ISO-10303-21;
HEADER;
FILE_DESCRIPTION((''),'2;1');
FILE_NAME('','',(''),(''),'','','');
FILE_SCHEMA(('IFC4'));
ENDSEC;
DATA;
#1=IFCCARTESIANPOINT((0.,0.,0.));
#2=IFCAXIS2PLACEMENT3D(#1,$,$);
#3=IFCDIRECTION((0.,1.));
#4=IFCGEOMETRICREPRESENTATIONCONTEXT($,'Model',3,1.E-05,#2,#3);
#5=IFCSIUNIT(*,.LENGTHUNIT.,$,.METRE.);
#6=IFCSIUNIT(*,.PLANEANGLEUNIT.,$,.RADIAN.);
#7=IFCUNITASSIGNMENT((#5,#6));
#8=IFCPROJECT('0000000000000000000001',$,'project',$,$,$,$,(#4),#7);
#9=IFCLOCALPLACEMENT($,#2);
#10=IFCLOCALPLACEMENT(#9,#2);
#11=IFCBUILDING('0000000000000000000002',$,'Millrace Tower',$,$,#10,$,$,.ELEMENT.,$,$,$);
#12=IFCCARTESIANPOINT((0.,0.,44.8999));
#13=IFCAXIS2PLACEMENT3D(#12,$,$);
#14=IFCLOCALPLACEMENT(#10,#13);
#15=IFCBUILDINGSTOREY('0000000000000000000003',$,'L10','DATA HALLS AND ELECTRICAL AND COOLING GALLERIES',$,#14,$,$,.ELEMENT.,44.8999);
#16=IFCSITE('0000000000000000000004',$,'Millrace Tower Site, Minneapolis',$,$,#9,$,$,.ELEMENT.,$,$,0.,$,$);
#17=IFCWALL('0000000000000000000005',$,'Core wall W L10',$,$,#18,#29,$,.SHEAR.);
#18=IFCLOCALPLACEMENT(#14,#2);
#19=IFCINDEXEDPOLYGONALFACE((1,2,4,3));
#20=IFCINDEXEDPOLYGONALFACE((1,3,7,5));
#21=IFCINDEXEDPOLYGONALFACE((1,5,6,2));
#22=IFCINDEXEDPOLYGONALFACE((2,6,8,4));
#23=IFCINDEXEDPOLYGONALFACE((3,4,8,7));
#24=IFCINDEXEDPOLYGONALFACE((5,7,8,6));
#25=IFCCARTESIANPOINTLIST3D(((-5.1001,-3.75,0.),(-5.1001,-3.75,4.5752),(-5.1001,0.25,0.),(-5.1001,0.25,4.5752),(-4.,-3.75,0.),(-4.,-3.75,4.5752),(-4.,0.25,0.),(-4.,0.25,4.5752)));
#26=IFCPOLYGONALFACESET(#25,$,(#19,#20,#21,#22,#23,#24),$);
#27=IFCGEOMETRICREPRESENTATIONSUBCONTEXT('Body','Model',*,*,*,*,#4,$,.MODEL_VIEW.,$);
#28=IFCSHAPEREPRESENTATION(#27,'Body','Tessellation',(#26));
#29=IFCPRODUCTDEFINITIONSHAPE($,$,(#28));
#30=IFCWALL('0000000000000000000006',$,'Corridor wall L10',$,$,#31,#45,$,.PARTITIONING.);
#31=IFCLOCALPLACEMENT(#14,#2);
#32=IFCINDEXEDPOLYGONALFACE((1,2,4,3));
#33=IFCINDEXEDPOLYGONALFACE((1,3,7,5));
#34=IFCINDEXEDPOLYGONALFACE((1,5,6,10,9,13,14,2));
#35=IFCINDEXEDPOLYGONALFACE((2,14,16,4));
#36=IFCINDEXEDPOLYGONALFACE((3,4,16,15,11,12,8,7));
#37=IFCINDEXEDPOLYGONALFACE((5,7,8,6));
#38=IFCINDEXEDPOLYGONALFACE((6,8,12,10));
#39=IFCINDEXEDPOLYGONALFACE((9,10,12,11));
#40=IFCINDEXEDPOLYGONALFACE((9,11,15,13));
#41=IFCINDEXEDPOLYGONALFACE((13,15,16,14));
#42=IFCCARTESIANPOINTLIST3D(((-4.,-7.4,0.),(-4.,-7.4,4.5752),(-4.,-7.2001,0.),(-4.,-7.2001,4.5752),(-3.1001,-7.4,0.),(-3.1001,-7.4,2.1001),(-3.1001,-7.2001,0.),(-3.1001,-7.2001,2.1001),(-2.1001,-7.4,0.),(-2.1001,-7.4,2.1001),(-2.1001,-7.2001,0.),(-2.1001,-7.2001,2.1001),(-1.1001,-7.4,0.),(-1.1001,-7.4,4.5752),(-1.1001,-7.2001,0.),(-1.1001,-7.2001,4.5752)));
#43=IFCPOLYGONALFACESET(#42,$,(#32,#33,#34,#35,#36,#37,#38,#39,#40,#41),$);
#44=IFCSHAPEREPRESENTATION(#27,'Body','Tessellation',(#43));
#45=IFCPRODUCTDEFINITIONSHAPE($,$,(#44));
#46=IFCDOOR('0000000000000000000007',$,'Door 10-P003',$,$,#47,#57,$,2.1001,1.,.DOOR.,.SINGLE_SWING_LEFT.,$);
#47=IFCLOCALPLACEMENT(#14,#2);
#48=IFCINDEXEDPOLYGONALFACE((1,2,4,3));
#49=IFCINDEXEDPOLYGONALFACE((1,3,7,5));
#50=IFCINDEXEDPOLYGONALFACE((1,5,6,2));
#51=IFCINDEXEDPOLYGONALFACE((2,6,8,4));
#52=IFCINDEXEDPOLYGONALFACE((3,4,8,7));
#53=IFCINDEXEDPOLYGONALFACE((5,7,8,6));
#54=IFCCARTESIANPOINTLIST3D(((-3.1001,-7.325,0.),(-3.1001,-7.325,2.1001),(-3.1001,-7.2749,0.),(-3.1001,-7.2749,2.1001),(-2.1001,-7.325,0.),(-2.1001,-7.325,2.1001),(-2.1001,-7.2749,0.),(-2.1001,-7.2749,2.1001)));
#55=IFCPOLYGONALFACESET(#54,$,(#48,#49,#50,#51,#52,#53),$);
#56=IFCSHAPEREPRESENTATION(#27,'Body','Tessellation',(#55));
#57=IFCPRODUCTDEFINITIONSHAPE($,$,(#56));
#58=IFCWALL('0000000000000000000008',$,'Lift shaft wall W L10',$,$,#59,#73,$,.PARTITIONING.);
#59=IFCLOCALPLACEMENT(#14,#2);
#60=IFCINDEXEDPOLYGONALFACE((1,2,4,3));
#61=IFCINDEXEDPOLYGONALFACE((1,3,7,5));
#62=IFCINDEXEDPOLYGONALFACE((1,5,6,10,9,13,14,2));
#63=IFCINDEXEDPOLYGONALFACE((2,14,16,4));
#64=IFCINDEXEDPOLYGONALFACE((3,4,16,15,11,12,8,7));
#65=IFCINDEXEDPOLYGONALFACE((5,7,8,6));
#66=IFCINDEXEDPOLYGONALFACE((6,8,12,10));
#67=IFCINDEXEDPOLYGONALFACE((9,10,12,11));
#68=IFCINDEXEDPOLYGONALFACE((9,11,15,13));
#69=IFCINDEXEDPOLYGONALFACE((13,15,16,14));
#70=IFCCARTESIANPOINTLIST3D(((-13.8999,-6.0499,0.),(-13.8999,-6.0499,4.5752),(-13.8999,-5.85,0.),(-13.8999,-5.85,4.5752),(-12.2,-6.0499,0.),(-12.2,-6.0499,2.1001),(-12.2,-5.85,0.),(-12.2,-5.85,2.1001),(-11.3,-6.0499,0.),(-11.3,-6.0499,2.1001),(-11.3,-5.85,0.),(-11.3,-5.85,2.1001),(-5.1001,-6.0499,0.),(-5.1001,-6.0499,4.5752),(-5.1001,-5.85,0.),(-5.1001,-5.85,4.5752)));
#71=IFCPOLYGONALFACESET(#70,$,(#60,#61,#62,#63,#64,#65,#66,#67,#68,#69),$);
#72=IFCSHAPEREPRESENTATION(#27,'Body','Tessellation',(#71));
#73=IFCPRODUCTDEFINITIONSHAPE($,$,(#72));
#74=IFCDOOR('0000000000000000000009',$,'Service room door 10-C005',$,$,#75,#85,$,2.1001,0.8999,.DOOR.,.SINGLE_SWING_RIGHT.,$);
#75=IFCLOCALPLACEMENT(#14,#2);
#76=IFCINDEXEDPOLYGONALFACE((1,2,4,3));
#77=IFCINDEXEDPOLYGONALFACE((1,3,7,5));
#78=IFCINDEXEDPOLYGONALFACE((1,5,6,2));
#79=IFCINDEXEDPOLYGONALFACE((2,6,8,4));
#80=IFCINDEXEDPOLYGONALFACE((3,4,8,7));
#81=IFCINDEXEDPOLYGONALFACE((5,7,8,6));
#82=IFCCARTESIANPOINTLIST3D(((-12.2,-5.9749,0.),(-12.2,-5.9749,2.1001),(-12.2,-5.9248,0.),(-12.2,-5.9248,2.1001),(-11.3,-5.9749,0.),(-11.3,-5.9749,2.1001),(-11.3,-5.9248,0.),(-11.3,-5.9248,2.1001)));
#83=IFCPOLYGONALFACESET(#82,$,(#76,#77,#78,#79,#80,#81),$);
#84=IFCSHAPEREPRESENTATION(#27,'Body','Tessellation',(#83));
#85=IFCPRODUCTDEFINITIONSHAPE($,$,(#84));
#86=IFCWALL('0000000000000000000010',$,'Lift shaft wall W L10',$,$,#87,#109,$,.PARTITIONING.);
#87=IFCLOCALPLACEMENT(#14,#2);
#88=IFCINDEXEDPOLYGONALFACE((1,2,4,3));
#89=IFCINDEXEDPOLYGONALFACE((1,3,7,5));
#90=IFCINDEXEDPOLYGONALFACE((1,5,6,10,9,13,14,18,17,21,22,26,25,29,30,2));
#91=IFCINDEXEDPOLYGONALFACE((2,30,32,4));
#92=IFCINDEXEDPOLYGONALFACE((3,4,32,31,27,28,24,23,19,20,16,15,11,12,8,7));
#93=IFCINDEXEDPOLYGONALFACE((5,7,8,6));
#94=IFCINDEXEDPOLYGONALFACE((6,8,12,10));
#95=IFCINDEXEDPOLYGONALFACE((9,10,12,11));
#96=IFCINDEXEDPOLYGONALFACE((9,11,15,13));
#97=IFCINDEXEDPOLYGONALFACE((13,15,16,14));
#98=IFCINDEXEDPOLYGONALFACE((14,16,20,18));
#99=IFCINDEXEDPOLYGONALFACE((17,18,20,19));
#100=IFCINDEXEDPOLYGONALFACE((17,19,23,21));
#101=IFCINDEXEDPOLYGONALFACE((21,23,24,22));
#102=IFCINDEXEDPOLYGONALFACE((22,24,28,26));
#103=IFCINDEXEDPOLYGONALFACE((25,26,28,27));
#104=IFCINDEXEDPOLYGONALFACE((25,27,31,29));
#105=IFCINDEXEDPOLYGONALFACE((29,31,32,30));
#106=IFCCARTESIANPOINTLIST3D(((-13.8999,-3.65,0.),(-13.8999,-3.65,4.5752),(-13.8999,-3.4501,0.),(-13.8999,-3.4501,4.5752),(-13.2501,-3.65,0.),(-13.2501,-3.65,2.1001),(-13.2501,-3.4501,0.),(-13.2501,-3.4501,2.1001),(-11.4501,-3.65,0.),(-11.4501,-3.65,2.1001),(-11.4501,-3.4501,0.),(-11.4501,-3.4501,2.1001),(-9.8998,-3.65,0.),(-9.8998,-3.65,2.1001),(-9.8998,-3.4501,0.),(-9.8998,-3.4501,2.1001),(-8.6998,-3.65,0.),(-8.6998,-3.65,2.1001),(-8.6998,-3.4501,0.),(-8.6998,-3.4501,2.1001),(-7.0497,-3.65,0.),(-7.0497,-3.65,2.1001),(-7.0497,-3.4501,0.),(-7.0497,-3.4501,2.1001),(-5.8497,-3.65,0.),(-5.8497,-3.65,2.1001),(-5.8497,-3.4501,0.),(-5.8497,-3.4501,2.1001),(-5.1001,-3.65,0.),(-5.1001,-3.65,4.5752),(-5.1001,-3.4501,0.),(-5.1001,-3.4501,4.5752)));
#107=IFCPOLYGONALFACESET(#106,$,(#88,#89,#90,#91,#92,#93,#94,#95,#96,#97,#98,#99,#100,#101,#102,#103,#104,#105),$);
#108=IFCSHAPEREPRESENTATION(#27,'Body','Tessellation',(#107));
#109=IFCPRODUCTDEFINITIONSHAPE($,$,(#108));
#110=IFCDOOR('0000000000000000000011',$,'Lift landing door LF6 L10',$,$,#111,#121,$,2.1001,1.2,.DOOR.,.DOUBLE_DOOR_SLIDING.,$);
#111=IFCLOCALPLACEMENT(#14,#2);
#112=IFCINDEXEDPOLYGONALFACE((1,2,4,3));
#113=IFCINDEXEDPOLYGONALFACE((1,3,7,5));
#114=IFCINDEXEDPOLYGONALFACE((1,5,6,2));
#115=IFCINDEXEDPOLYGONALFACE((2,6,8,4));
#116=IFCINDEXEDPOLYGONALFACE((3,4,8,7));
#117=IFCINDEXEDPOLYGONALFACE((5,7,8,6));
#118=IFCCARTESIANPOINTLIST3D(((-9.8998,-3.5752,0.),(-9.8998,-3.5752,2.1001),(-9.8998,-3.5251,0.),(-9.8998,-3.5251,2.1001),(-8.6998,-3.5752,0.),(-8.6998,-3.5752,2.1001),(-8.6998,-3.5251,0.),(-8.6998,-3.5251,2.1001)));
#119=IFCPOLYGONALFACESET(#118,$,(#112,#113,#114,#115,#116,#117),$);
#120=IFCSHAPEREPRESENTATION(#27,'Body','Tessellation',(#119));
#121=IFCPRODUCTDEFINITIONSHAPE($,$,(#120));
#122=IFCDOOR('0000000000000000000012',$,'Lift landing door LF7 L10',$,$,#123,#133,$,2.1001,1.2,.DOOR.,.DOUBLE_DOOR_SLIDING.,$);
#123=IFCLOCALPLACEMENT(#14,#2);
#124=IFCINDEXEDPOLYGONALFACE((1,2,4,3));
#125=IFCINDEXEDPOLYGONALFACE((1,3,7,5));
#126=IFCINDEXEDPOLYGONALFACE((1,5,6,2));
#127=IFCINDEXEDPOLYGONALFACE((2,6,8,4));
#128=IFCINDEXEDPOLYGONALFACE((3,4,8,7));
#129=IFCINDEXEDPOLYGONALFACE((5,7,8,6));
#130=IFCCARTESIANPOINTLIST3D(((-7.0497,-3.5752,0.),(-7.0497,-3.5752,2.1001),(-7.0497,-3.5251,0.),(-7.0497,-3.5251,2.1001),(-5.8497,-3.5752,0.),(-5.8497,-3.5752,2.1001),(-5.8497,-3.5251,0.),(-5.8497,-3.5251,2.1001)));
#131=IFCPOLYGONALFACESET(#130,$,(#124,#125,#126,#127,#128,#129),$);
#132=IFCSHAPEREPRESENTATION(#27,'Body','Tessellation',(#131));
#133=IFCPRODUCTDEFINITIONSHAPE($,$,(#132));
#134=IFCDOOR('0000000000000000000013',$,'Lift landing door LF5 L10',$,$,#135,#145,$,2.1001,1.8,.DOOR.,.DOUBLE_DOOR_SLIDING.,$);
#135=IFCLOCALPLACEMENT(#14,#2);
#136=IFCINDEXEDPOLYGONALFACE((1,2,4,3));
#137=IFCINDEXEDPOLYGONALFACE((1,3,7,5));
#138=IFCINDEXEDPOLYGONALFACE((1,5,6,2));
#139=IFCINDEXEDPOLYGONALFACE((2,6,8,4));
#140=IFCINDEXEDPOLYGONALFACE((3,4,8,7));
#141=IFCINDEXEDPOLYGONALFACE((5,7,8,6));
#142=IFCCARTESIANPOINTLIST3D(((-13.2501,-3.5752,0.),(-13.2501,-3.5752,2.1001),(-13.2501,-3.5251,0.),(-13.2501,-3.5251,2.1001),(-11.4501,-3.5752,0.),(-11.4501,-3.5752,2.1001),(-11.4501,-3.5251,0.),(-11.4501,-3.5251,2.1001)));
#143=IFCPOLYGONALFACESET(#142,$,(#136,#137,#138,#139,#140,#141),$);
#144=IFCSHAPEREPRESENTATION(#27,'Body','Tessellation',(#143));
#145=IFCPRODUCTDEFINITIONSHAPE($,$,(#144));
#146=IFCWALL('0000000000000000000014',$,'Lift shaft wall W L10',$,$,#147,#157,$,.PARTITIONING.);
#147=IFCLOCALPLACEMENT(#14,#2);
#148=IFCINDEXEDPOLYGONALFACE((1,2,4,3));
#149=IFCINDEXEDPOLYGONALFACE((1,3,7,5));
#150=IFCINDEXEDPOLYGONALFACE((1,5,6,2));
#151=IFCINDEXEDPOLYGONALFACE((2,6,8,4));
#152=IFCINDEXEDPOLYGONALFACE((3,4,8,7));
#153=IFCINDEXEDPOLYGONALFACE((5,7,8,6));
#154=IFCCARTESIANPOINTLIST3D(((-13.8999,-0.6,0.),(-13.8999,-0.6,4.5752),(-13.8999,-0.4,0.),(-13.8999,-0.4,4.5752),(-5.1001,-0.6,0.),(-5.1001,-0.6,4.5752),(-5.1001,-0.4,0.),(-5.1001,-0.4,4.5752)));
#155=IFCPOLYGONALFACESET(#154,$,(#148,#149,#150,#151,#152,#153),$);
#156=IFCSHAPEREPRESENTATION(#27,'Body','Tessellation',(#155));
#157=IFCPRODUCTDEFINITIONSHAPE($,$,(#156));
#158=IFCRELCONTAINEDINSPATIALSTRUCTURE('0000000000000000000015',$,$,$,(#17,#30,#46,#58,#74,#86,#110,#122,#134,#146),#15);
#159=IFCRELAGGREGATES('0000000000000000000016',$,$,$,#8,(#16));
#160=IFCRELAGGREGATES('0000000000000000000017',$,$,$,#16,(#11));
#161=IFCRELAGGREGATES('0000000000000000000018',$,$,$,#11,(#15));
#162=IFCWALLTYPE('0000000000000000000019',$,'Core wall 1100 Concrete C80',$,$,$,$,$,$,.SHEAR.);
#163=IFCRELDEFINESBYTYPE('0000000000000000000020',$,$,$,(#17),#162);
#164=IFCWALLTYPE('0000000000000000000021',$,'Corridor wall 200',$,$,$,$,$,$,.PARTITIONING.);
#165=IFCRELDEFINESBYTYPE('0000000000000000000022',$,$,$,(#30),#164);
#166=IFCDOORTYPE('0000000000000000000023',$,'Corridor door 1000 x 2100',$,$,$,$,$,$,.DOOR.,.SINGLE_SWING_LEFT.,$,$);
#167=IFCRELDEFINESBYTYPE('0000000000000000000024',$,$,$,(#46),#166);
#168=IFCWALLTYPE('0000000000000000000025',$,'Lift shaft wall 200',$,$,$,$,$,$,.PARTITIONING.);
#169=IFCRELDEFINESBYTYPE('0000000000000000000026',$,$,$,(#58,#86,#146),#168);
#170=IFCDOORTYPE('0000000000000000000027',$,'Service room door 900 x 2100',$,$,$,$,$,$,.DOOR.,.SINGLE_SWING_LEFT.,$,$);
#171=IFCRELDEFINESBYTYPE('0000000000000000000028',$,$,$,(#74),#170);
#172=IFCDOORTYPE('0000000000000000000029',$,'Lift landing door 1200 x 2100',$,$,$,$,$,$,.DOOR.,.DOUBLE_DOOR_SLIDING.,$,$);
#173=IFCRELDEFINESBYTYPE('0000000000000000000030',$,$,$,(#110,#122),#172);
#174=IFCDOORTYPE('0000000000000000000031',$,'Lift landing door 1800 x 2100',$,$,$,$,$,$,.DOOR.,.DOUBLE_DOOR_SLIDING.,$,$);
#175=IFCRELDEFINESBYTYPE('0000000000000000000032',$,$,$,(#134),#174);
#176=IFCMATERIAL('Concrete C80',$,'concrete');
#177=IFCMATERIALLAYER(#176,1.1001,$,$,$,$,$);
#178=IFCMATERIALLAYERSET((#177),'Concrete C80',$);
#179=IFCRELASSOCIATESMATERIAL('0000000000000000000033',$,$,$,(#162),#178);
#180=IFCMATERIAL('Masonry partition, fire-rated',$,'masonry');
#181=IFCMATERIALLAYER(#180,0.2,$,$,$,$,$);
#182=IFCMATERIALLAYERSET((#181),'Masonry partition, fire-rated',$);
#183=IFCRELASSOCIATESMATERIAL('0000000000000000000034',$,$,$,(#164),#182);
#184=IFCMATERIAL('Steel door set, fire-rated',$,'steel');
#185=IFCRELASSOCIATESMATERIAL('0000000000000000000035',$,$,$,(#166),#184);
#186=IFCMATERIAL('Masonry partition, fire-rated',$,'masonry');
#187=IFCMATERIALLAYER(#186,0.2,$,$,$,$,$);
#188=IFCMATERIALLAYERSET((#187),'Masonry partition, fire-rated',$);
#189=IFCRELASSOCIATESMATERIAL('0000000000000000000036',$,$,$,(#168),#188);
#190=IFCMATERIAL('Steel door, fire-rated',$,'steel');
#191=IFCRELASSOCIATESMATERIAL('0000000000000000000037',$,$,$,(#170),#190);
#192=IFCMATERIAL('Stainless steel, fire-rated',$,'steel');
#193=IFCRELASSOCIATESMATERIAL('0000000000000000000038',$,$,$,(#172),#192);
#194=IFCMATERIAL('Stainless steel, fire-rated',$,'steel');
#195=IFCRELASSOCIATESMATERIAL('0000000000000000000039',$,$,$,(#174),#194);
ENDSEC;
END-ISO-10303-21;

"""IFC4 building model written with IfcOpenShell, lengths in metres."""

from ifc_helpers import new_model, si_unit, direction, frame, frame_2d, origin, place, context, subcontext, project, spatial, rectangle, extrude, material, layer, layer_set, type_object, element, fill, save


model = new_model("IFC4")

# Units and contexts
model_context = context("Model", 3, precision=1e-05, world=origin(), true_north=direction((0.0, 1.0)))
body_context = subcontext(model_context, "Body", "Model", "MODEL_VIEW")
ifc_project = project(units=[si_unit("LENGTHUNIT", "METRE"), si_unit("PLANEANGLEUNIT", "RADIAN")], contexts=[model_context])

# Site, building, storey
site_placement = place(None, origin())
site = spatial("IfcSite", under=ifc_project, at=site_placement, Name="Millrace Tower Site, Minneapolis", CompositionType="ELEMENT", RefElevation=0.0)
building_placement = place(site_placement, origin())
building = spatial("IfcBuilding", under=site, at=building_placement, Name="Millrace Tower", CompositionType="ELEMENT")
storey_placement = place(building_placement, frame((0.0, 0.0, 44.8999)))
storey = spatial("IfcBuildingStorey", under=building, at=storey_placement, Name="L10", Description="DATA HALLS AND ELECTRICAL AND COOLING GALLERIES", CompositionType="ELEMENT", Elevation=44.8999)

# Wall
ifc_material_1 = material(Name="Concrete C80", Category="concrete")
ifc_layer_1 = layer(ifc_material_1, 1.1001)
ifc_layer_set_1 = layer_set([ifc_layer_1], Name="Concrete C80")
wall_type_1 = type_object("IfcWallType", Name="Core wall 1100 Concrete C80", PredefinedType="SHEAR", material=ifc_layer_set_1)
wall_1_placement = place(storey_placement, frame((-4.55, -3.75, 0.0), z_axis=(0.0, 0.0, 1.0), x_axis=(0.0, 1.0, 0.0)))
element("IfcWall", 1, at=wall_1_placement, inside=storey, type_object=wall_type_1, Name="Core wall W L10", PredefinedType="SHEAR", context=body_context, shape_type="SweptSolid", body=[
    extrude(rectangle(XDim=4.0, YDim=1.1001, at=frame_2d((2.0, 0.0))), origin(), (0.0, 0.0, 1.0), 4.5752),
])

# Walls, openings, doors
ifc_material_2 = material(Name="Masonry partition, fire-rated", Category="masonry")
ifc_layer_2 = layer(ifc_material_2, 0.2)
ifc_layer_set_2 = layer_set([ifc_layer_2], Name="Masonry partition, fire-rated")
wall_type_2 = type_object("IfcWallType", Name="Corridor wall 200", PredefinedType="PARTITIONING", material=ifc_layer_set_2)
wall_2_placement = place(storey_placement, frame((-4.0, -7.3, 0.0), z_axis=(0.0, 0.0, 1.0), x_axis=(1.0, 0.0, 0.0)))
wall_2 = element("IfcWall", 2, at=wall_2_placement, inside=storey, type_object=wall_type_2, Name="Corridor wall L10", PredefinedType="PARTITIONING", context=body_context, shape_type="SweptSolid", body=[
    extrude(rectangle(XDim=2.8999, YDim=0.2, at=frame_2d((1.45, 0.0))), origin(), (0.0, 0.0, 1.0), 4.5752),
])
opening_1_placement = place(wall_2_placement, frame((0.8999, 0.0, 0.0)))
opening_1 = element("IfcOpeningElement", 3, at=opening_1_placement, cuts=wall_2, PredefinedType="OPENING", context=body_context, shape_type="SweptSolid", body=[
    extrude(rectangle(XDim=1.0, YDim=2.1001, at=frame_2d((0.5, 1.05))), frame((0.0, 0.1099, 0.0), z_axis=(0.0, -1.0, 0.0), x_axis=(1.0, 0.0, 0.0)), (0.0, 0.0, 1.0), 0.22),
])
ifc_material_3 = material(Name="Steel door set, fire-rated", Category="steel")
door_type_1 = type_object("IfcDoorType", Name="Corridor door 1000 x 2100", OperationType="SINGLE_SWING_LEFT", PredefinedType="DOOR", material=ifc_material_3)
door_1_placement = place(opening_1_placement, frame((1.0, 0.0, 0.0), z_axis=(0.0, 0.0, 1.0), x_axis=(-1.0, 0.0, 0.0)))
door_1 = element("IfcDoor", 4, at=door_1_placement, inside=storey, type_object=door_type_1, Name="Door 10-P003", OperationType="SINGLE_SWING_LEFT", OverallHeight=2.1001, OverallWidth=1.0, PredefinedType="DOOR", context=body_context, shape_type="SweptSolid", body=[
    extrude(rectangle(XDim=1.0, YDim=2.1001, at=frame_2d((0.5, 1.05))), frame((0.0, 0.0249, 0.0), z_axis=(0.0, -1.0, 0.0), x_axis=(1.0, 0.0, 0.0)), (0.0, 0.0, 1.0), 0.05),
])
fill(opening_1, door_1)
ifc_material_4 = material(Name="Masonry partition, fire-rated", Category="masonry")
ifc_layer_3 = layer(ifc_material_4, 0.2)
ifc_layer_set_3 = layer_set([ifc_layer_3], Name="Masonry partition, fire-rated")
wall_type_3 = type_object("IfcWallType", Name="Lift shaft wall 200", PredefinedType="PARTITIONING", material=ifc_layer_set_3)
wall_3_placement = place(storey_placement, frame((-13.8999, -5.95, 0.0), z_axis=(0.0, 0.0, 1.0), x_axis=(1.0, 0.0, 0.0)))
wall_3 = element("IfcWall", 5, at=wall_3_placement, inside=storey, type_object=wall_type_3, Name="Lift shaft wall W L10", PredefinedType="PARTITIONING", context=body_context, shape_type="SweptSolid", body=[
    extrude(rectangle(XDim=8.7998, YDim=0.2, at=frame_2d((4.3999, 0.0))), origin(), (0.0, 0.0, 1.0), 4.5752),
])
opening_2_placement = place(wall_3_placement, frame((1.7, 0.0, 0.0)))
opening_2 = element("IfcOpeningElement", 6, at=opening_2_placement, cuts=wall_3, PredefinedType="OPENING", context=body_context, shape_type="SweptSolid", body=[
    extrude(rectangle(XDim=0.8999, YDim=2.1001, at=frame_2d((0.45, 1.05))), frame((0.0, 0.1099, 0.0), z_axis=(0.0, -1.0, 0.0), x_axis=(1.0, 0.0, 0.0)), (0.0, 0.0, 1.0), 0.22),
])
ifc_material_5 = material(Name="Steel door, fire-rated", Category="steel")
door_type_2 = type_object("IfcDoorType", Name="Service room door 900 x 2100", OperationType="SINGLE_SWING_LEFT", PredefinedType="DOOR", material=ifc_material_5)
door_2_placement = place(opening_2_placement, frame((0.8999, 0.0, 0.0), z_axis=(0.0, 0.0, 1.0), x_axis=(-1.0, 0.0, 0.0)))
door_2 = element("IfcDoor", 7, at=door_2_placement, inside=storey, type_object=door_type_2, Name="Service room door 10-C005", OperationType="SINGLE_SWING_RIGHT", OverallHeight=2.1001, OverallWidth=0.8999, PredefinedType="DOOR", context=body_context, shape_type="SweptSolid", body=[
    extrude(rectangle(XDim=0.8999, YDim=2.1001, at=frame_2d((0.45, 1.05))), frame((0.0, 0.0249, 0.0), z_axis=(0.0, -1.0, 0.0), x_axis=(1.0, 0.0, 0.0)), (0.0, 0.0, 1.0), 0.05),
])
fill(opening_2, door_2)

# Wall, openings, doors
wall_4_placement = place(storey_placement, frame((-13.8999, -3.55, 0.0), z_axis=(0.0, 0.0, 1.0), x_axis=(1.0, 0.0, 0.0)))
wall_4 = element("IfcWall", 8, at=wall_4_placement, inside=storey, type_object=wall_type_3, Name="Lift shaft wall W L10", PredefinedType="PARTITIONING", context=body_context, shape_type="SweptSolid", body=[
    extrude(rectangle(XDim=8.7998, YDim=0.2, at=frame_2d((4.3999, 0.0))), origin(), (0.0, 0.0, 1.0), 4.5752),
])
opening_3_placement = place(wall_4_placement, frame((0.6499, 0.0, 0.0)))
opening_3 = element("IfcOpeningElement", 9, at=opening_3_placement, cuts=wall_4, PredefinedType="OPENING", context=body_context, shape_type="SweptSolid", body=[
    extrude(rectangle(XDim=1.8, YDim=2.1001, at=frame_2d((0.8999, 1.05))), frame((0.0, 0.1099, 0.0), z_axis=(0.0, -1.0, 0.0), x_axis=(1.0, 0.0, 0.0)), (0.0, 0.0, 1.0), 0.22),
])
opening_4_placement = place(wall_4_placement, frame((4.0, 0.0, 0.0)))
opening_4 = element("IfcOpeningElement", 10, at=opening_4_placement, cuts=wall_4, PredefinedType="OPENING", context=body_context, shape_type="SweptSolid", body=[
    extrude(rectangle(XDim=1.2, YDim=2.1001, at=frame_2d((0.6001, 1.05))), frame((0.0, 0.1099, 0.0), z_axis=(0.0, -1.0, 0.0), x_axis=(1.0, 0.0, 0.0)), (0.0, 0.0, 1.0), 0.22),
])
opening_5_placement = place(wall_4_placement, frame((6.8501, 0.0, 0.0)))
opening_5 = element("IfcOpeningElement", 11, at=opening_5_placement, cuts=wall_4, PredefinedType="OPENING", context=body_context, shape_type="SweptSolid", body=[
    extrude(rectangle(XDim=1.2, YDim=2.1001, at=frame_2d((0.6001, 1.05))), frame((0.0, 0.1099, 0.0), z_axis=(0.0, -1.0, 0.0), x_axis=(1.0, 0.0, 0.0)), (0.0, 0.0, 1.0), 0.22),
])
ifc_material_6 = material(Name="Stainless steel, fire-rated", Category="steel")
door_type_3 = type_object("IfcDoorType", Name="Lift landing door 1200 x 2100", OperationType="DOUBLE_DOOR_SLIDING", PredefinedType="DOOR", material=ifc_material_6)
door_3_placement = place(opening_4_placement, origin())
door_3 = element("IfcDoor", 12, at=door_3_placement, inside=storey, type_object=door_type_3, Name="Lift landing door LF6 L10", OperationType="DOUBLE_DOOR_SLIDING", OverallHeight=2.1001, OverallWidth=1.2, PredefinedType="DOOR", context=body_context, shape_type="SweptSolid", body=[
    extrude(rectangle(XDim=1.2, YDim=2.1001, at=frame_2d((0.6001, 1.05))), frame((0.0, 0.0249, 0.0), z_axis=(0.0, -1.0, 0.0), x_axis=(1.0, 0.0, 0.0)), (0.0, 0.0, 1.0), 0.05),
])
fill(opening_4, door_3)
door_4_placement = place(opening_5_placement, origin())
door_4 = element("IfcDoor", 13, at=door_4_placement, inside=storey, type_object=door_type_3, Name="Lift landing door LF7 L10", OperationType="DOUBLE_DOOR_SLIDING", OverallHeight=2.1001, OverallWidth=1.2, PredefinedType="DOOR", context=body_context, shape_type="SweptSolid", body=[
    extrude(rectangle(XDim=1.2, YDim=2.1001, at=frame_2d((0.6001, 1.05))), frame((0.0, 0.0249, 0.0), z_axis=(0.0, -1.0, 0.0), x_axis=(1.0, 0.0, 0.0)), (0.0, 0.0, 1.0), 0.05),
])
fill(opening_5, door_4)
ifc_material_7 = material(Name="Stainless steel, fire-rated", Category="steel")
door_type_4 = type_object("IfcDoorType", Name="Lift landing door 1800 x 2100", OperationType="DOUBLE_DOOR_SLIDING", PredefinedType="DOOR", material=ifc_material_7)
door_5_placement = place(opening_3_placement, origin())
door_5 = element("IfcDoor", 14, at=door_5_placement, inside=storey, type_object=door_type_4, Name="Lift landing door LF5 L10", OperationType="DOUBLE_DOOR_SLIDING", OverallHeight=2.1001, OverallWidth=1.8, PredefinedType="DOOR", context=body_context, shape_type="SweptSolid", body=[
    extrude(rectangle(XDim=1.8, YDim=2.1001, at=frame_2d((0.8999, 1.05))), frame((0.0, 0.0249, 0.0), z_axis=(0.0, -1.0, 0.0), x_axis=(1.0, 0.0, 0.0)), (0.0, 0.0, 1.0), 0.05),
])
fill(opening_3, door_5)

# Wall
wall_5_placement = place(storey_placement, frame((-13.8999, -0.5, 0.0), z_axis=(0.0, 0.0, 1.0), x_axis=(1.0, 0.0, 0.0)))
element("IfcWall", 15, at=wall_5_placement, inside=storey, type_object=wall_type_3, Name="Lift shaft wall W L10", PredefinedType="PARTITIONING", context=body_context, shape_type="SweptSolid", body=[
    extrude(rectangle(XDim=8.7998, YDim=0.2, at=frame_2d((4.3999, 0.0))), origin(), (0.0, 0.0, 1.0), 4.5752),
])

save(model, "model.ifc")
